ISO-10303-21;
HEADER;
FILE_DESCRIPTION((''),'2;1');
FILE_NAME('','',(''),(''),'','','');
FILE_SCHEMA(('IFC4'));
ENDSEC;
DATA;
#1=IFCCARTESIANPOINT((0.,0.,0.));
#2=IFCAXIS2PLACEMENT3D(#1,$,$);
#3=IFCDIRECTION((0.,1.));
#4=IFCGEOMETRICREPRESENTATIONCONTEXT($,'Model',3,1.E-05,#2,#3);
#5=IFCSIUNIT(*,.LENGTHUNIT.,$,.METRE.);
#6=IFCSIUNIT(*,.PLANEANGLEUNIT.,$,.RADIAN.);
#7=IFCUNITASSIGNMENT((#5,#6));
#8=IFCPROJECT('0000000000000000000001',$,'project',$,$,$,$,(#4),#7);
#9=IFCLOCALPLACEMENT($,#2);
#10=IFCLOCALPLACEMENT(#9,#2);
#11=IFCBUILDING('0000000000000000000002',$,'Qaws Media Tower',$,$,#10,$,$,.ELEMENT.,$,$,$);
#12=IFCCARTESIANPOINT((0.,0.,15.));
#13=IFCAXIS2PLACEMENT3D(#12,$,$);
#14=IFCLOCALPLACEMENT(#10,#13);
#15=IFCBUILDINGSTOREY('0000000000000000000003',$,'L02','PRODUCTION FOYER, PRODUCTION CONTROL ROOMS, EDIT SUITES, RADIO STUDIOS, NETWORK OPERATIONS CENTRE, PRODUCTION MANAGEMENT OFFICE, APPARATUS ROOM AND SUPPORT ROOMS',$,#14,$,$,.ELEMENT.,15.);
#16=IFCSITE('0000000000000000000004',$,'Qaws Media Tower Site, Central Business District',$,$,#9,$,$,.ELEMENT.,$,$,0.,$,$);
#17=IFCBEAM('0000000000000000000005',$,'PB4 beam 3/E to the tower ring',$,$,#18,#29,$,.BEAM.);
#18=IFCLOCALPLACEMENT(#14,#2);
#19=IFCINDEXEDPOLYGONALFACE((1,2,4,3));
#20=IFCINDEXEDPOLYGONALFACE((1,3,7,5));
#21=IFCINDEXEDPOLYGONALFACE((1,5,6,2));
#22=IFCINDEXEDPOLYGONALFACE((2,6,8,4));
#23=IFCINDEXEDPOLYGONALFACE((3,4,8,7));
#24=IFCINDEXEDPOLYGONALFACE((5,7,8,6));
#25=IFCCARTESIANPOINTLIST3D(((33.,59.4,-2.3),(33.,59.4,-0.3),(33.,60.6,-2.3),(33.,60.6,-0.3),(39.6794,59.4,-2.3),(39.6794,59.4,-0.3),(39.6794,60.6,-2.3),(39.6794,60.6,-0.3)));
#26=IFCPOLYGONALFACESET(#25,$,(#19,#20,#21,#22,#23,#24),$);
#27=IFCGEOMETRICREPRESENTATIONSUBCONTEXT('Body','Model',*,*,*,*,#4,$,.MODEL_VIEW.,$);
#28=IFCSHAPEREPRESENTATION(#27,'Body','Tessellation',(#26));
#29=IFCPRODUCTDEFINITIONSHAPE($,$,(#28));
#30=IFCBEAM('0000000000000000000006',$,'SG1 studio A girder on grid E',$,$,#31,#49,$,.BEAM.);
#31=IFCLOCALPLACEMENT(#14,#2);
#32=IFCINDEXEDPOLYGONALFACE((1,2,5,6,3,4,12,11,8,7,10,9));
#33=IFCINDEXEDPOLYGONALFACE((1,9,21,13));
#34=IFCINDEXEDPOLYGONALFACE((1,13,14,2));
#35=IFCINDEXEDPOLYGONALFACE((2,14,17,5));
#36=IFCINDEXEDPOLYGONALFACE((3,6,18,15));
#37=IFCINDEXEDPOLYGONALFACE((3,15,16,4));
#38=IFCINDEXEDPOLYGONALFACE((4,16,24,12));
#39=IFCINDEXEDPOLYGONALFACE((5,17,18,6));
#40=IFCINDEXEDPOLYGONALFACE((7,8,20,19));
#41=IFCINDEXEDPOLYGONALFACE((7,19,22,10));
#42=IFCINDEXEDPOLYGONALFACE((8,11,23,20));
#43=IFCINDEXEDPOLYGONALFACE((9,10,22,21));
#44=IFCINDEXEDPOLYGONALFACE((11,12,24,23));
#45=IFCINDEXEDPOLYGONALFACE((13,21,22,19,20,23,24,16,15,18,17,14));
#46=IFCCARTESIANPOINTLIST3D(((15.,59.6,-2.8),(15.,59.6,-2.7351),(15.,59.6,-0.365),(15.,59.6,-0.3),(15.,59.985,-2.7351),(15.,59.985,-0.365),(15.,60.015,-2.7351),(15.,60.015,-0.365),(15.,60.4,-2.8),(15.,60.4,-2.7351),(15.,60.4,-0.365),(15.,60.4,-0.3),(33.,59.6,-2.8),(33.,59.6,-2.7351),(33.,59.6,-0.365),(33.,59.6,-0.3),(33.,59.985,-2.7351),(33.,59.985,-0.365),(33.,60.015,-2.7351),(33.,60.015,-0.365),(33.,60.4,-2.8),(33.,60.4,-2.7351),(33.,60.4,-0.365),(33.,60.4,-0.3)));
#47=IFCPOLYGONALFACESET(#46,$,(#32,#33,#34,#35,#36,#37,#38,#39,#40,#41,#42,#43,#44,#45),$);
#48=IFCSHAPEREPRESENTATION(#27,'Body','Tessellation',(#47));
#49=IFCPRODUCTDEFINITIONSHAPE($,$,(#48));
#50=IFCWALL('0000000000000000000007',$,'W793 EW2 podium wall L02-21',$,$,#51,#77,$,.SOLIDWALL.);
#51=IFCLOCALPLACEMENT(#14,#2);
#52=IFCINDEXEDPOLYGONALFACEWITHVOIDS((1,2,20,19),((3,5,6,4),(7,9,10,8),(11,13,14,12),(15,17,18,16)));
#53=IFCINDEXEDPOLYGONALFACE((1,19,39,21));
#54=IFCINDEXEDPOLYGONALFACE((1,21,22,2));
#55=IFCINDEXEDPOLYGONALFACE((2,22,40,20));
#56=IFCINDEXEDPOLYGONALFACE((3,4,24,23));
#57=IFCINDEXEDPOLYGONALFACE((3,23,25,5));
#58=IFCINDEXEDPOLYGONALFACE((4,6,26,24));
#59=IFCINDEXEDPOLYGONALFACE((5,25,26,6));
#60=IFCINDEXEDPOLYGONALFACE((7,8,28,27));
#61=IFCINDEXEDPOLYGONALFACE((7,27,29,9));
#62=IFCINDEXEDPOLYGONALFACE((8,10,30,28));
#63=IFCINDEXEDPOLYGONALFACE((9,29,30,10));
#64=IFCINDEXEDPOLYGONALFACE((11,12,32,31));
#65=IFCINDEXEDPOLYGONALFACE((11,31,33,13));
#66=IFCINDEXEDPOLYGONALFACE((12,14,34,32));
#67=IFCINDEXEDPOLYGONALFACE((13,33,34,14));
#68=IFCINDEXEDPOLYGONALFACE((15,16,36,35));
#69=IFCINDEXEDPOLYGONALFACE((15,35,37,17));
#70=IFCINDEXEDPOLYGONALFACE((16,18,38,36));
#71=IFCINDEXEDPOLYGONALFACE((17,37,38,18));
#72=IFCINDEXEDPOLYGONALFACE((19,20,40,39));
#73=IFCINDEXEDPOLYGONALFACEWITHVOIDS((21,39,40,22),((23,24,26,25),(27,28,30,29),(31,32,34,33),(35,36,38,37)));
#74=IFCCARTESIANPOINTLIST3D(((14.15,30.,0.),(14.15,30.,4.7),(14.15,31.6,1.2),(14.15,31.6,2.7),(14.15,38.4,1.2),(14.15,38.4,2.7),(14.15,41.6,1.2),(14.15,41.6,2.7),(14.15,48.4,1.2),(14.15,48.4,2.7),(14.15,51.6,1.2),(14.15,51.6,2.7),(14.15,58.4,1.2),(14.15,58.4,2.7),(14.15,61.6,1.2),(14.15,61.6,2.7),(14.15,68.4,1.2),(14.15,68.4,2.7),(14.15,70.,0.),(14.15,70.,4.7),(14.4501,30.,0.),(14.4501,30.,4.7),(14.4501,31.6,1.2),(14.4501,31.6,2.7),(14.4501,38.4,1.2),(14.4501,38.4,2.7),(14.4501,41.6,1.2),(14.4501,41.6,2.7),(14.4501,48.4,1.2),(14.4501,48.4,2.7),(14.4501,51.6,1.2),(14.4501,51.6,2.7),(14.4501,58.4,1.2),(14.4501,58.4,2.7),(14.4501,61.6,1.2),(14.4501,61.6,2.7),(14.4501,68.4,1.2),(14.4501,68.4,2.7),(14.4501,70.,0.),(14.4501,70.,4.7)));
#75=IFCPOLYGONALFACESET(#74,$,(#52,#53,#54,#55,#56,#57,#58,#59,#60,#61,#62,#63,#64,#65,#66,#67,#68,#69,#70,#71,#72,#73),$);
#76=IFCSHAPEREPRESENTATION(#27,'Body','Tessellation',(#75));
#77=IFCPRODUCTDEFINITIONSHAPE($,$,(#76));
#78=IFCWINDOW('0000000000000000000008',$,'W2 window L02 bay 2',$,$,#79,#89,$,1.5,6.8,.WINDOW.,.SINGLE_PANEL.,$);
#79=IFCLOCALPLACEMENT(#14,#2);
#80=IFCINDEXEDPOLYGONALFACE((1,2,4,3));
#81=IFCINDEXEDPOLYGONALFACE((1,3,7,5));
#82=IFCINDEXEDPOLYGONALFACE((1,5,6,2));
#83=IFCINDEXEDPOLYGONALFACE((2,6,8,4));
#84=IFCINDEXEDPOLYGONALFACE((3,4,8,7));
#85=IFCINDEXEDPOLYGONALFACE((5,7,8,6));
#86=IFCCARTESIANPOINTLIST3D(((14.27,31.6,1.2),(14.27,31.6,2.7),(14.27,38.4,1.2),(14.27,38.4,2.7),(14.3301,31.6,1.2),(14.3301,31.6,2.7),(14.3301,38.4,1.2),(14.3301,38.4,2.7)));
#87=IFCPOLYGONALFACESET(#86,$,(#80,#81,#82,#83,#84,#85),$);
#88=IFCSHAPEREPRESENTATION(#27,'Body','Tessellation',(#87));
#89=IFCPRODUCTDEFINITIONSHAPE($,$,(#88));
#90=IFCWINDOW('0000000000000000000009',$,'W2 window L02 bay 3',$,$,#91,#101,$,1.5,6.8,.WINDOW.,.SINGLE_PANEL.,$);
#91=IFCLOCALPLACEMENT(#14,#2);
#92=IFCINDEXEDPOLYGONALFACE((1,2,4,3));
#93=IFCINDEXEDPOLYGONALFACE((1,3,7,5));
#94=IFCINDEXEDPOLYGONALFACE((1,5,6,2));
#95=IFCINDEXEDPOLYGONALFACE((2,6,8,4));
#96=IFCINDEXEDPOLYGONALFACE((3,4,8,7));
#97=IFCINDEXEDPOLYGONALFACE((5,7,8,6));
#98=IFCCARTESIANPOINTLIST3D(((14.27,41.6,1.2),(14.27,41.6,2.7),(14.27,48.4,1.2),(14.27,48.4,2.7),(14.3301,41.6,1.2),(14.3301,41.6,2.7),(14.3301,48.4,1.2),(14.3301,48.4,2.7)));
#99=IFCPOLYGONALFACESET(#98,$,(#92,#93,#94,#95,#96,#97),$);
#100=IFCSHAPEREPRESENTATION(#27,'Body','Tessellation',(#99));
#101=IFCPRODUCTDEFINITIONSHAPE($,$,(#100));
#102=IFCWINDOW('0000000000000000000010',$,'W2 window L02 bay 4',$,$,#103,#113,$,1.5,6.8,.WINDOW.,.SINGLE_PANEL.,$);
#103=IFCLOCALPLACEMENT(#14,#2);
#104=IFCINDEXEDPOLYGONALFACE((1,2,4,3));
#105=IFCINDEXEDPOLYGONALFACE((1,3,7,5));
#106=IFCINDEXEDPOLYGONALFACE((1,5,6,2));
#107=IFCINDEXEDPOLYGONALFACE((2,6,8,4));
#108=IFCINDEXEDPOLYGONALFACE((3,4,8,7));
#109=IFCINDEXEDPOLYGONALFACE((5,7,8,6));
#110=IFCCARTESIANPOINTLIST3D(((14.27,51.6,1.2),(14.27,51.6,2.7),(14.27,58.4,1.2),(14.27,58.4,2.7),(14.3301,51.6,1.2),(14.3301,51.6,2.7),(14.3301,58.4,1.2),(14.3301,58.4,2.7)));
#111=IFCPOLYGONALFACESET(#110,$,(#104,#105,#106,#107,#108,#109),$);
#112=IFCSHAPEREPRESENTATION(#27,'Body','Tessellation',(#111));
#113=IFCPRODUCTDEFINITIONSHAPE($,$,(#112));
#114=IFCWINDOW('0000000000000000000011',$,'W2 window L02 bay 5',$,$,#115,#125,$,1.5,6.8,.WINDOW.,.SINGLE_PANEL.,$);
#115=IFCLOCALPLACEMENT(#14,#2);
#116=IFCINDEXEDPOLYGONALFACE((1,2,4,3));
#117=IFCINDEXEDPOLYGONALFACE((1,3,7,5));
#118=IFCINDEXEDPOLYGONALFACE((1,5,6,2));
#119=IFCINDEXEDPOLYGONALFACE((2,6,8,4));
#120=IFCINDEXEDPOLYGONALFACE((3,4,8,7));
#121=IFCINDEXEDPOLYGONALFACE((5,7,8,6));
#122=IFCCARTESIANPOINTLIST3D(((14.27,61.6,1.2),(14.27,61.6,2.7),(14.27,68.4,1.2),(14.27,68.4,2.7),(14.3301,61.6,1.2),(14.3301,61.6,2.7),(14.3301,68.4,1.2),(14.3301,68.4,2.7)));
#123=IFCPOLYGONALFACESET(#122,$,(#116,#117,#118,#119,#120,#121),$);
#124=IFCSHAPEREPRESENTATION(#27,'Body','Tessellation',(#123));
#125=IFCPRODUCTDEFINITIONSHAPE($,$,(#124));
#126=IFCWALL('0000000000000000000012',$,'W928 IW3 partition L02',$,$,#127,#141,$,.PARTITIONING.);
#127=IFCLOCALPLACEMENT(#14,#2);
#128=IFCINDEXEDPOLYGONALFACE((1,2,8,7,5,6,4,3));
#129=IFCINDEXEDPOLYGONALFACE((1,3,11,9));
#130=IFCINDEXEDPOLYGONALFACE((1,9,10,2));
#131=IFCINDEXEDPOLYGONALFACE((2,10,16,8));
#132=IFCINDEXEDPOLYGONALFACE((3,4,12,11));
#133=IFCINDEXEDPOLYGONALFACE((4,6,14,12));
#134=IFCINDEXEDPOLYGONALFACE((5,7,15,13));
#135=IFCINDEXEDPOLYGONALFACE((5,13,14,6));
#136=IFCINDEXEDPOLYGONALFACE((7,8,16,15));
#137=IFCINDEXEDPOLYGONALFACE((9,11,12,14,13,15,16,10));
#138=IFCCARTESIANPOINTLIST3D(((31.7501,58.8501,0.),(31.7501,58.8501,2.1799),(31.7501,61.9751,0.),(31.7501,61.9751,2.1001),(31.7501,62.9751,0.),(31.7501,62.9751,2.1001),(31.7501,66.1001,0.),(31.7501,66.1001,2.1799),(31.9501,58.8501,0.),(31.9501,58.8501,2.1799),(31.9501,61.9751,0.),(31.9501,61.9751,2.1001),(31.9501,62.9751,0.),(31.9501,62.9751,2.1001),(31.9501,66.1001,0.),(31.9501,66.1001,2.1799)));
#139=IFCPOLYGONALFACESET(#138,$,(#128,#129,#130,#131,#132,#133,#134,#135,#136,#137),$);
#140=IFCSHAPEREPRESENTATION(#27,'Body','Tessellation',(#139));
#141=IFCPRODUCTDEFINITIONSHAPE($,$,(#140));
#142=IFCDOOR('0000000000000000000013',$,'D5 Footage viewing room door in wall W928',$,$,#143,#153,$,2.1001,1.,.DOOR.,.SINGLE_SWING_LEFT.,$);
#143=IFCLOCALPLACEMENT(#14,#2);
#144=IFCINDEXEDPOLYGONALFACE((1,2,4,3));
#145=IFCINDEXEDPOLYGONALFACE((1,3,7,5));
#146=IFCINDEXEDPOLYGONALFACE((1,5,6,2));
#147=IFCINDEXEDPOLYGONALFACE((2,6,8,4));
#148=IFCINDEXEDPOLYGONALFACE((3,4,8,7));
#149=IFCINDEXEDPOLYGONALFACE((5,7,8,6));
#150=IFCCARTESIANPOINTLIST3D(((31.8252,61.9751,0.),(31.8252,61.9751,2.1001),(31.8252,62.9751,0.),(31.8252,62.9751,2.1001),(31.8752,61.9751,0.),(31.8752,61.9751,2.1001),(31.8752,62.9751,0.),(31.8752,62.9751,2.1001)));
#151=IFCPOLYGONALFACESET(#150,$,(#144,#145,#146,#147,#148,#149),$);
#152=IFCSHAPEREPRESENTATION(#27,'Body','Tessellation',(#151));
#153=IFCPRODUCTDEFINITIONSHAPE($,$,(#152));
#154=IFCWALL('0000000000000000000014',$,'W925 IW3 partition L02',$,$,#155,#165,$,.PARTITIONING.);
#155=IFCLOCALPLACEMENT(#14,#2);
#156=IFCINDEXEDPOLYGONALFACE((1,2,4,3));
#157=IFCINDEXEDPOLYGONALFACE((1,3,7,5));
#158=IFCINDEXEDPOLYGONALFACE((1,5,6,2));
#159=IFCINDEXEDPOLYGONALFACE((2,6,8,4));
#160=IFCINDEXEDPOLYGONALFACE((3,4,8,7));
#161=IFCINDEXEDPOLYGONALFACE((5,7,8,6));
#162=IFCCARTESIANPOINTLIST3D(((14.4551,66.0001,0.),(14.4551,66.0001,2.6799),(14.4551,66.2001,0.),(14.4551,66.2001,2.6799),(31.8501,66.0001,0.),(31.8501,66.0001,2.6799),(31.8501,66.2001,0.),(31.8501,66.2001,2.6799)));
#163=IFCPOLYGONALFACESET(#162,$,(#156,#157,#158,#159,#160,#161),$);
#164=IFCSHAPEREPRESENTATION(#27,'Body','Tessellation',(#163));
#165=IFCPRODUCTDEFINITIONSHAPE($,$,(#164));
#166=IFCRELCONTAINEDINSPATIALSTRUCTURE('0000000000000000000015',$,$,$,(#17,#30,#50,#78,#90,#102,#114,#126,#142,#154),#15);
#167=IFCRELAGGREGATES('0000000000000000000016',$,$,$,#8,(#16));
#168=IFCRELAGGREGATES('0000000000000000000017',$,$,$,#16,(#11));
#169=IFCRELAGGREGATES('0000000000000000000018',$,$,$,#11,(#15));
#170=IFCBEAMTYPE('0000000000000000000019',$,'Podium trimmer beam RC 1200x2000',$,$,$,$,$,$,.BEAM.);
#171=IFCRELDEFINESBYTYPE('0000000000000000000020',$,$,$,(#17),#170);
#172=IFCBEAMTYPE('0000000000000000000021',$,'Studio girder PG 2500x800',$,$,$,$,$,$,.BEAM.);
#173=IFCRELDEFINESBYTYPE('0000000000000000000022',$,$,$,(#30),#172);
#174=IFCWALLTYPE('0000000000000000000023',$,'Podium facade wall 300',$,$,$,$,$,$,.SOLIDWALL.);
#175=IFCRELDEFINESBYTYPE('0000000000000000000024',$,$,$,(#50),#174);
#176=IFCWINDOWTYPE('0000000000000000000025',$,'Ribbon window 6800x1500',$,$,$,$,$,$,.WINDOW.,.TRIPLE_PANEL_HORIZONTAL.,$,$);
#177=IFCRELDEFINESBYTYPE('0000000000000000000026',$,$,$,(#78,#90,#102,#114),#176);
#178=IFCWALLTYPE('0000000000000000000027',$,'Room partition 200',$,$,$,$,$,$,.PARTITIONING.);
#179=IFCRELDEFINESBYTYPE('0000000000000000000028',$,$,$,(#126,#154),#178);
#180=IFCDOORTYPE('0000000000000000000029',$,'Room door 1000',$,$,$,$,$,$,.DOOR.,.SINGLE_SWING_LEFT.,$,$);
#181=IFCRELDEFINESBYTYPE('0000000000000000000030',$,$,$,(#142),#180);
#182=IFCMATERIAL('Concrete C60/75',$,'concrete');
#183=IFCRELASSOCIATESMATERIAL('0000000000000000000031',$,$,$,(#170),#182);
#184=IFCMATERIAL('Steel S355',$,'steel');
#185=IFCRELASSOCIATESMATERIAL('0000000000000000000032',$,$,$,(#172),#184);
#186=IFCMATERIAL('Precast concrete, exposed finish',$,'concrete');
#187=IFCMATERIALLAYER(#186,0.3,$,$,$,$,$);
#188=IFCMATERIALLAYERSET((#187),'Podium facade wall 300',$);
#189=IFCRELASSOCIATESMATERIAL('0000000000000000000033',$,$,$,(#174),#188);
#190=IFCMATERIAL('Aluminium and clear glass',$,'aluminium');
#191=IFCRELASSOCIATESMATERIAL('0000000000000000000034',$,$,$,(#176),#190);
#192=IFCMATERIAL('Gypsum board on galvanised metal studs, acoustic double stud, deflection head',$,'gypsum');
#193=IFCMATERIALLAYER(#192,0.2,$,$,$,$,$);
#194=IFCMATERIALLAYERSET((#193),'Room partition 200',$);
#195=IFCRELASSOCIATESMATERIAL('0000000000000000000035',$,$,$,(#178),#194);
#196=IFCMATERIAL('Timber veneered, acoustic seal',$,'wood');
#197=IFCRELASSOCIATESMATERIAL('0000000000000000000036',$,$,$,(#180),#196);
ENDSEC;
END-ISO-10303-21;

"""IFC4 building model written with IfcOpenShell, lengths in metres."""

from ifc_helpers import new_model, si_unit, direction, frame, frame_2d, origin, origin_2d, place, context, subcontext, project, spatial, rectangle, i_section, extrude, material, layer, layer_set, material_profile, profile_set, type_object, element, fill, save


model = new_model("IFC4")

# Units and contexts
model_context = context("Model", 3, precision=1e-05, world=origin(), true_north=direction((0.0, 1.0)))
body_context = subcontext(model_context, "Body", "Model", "MODEL_VIEW")
ifc_project = project(units=[si_unit("LENGTHUNIT", "METRE"), si_unit("PLANEANGLEUNIT", "RADIAN")], contexts=[model_context])

# Site, building, storey
site_placement = place(None, origin())
site = spatial("IfcSite", under=ifc_project, at=site_placement, Name="Qaws Media Tower Site, Central Business District", CompositionType="ELEMENT", RefElevation=0.0)
building_placement = place(site_placement, origin())
building = spatial("IfcBuilding", under=site, at=building_placement, Name="Qaws Media Tower", CompositionType="ELEMENT")
storey_placement = place(building_placement, frame((0.0, 0.0, 15.0)))
storey = spatial("IfcBuildingStorey", under=building, at=storey_placement, Name="L02", Description="PRODUCTION FOYER, PRODUCTION CONTROL ROOMS, EDIT SUITES, RADIO STUDIOS, NETWORK OPERATIONS CENTRE, PRODUCTION MANAGEMENT OFFICE, APPARATUS ROOM AND SUPPORT ROOMS", CompositionType="ELEMENT", Elevation=15.0)

# Beams
ifc_material_1 = material(Name="Concrete C60/75", Category="concrete")
ifc_material_profile_1 = material_profile(ifc_material_1, rectangle(XDim=1.2, YDim=2.0, at=origin_2d()), Name="RC 1200x2000")
ifc_profile_set_1 = profile_set([ifc_material_profile_1], Name="Concrete C60/75")
beam_type_1 = type_object("IfcBeamType", Name="Podium trimmer beam RC 1200x2000", PredefinedType="BEAM", material=ifc_profile_set_1)
beam_1_placement = place(storey_placement, frame((33.0, 60.0, -1.3), z_axis=(1.0, 0.0, 0.0), x_axis=(0.0, 1.0, 0.0)))
element("IfcBeam", 1, at=beam_1_placement, inside=storey, type_object=beam_type_1, Name="PB4 beam 3/E to the tower ring", PredefinedType="BEAM", context=body_context, shape_type="SweptSolid", body=[
    extrude(rectangle(XDim=1.2, YDim=2.0, at=origin_2d()), origin(), (0.0, 0.0, 1.0), 6.6794),
])
ifc_material_2 = material(Name="Steel S355", Category="steel")
ifc_material_profile_2 = material_profile(ifc_material_2, i_section(OverallWidth=0.8, OverallDepth=2.5, WebThickness=0.03, FlangeThickness=0.0649, at=origin_2d()), Name="PG 2500x800")
ifc_profile_set_2 = profile_set([ifc_material_profile_2], Name="Steel S355")
beam_type_2 = type_object("IfcBeamType", Name="Studio girder PG 2500x800", PredefinedType="BEAM", material=ifc_profile_set_2)
beam_2_placement = place(storey_placement, frame((15.0, 60.0, -1.55), z_axis=(1.0, 0.0, 0.0), x_axis=(0.0, 1.0, 0.0)))
element("IfcBeam", 2, at=beam_2_placement, inside=storey, type_object=beam_type_2, Name="SG1 studio A girder on grid E", PredefinedType="BEAM", context=body_context, shape_type="SweptSolid", body=[
    extrude(i_section(OverallWidth=0.8, OverallDepth=2.5, WebThickness=0.03, FlangeThickness=0.0649, at=origin_2d()), origin(), (0.0, 0.0, 1.0), 18.0),
])

# Wall, openings, windows
ifc_material_3 = material(Name="Precast concrete, exposed finish", Category="concrete")
ifc_layer_1 = layer(ifc_material_3, 0.3)
ifc_layer_set_1 = layer_set([ifc_layer_1], Name="Podium facade wall 300")
wall_type_1 = type_object("IfcWallType", Name="Podium facade wall 300", PredefinedType="SOLIDWALL", material=ifc_layer_set_1)
wall_1_placement = place(storey_placement, frame((14.3, 70.0, 0.0), z_axis=(0.0, 0.0, 1.0), x_axis=(0.0, -1.0, 0.0)))
wall_1 = element("IfcWall", 3, at=wall_1_placement, inside=storey, type_object=wall_type_1, Name="W793 EW2 podium wall L02-21", PredefinedType="SOLIDWALL", context=body_context, shape_type="SweptSolid", body=[
    extrude(rectangle(XDim=40.0, YDim=0.3, at=frame_2d((20.0, 0.0))), origin(), (0.0, 0.0, 1.0), 4.7),
])
opening_1_placement = place(wall_1_placement, frame((31.6001, 0.0, 1.2)))
opening_1 = element("IfcOpeningElement", 4, at=opening_1_placement, cuts=wall_1, PredefinedType="OPENING", context=body_context, shape_type="SweptSolid", body=[
    extrude(rectangle(XDim=6.8, YDim=1.5, at=frame_2d((3.3999, 0.75))), frame((0.0, 0.1599, 0.0), z_axis=(0.0, -1.0, 0.0), x_axis=(1.0, 0.0, 0.0)), (0.0, 0.0, 1.0), 0.3201),
])
opening_2_placement = place(wall_1_placement, frame((21.6001, 0.0, 1.2)))
opening_2 = element("IfcOpeningElement", 5, at=opening_2_placement, cuts=wall_1, PredefinedType="OPENING", context=body_context, shape_type="SweptSolid", body=[
    extrude(rectangle(XDim=6.8, YDim=1.5, at=frame_2d((3.3999, 0.75))), frame((0.0, 0.1599, 0.0), z_axis=(0.0, -1.0, 0.0), x_axis=(1.0, 0.0, 0.0)), (0.0, 0.0, 1.0), 0.3201),
])
opening_3_placement = place(wall_1_placement, frame((11.6001, 0.0, 1.2)))
opening_3 = element("IfcOpeningElement", 6, at=opening_3_placement, cuts=wall_1, PredefinedType="OPENING", context=body_context, shape_type="SweptSolid", body=[
    extrude(rectangle(XDim=6.8, YDim=1.5, at=frame_2d((3.3999, 0.75))), frame((0.0, 0.1599, 0.0), z_axis=(0.0, -1.0, 0.0), x_axis=(1.0, 0.0, 0.0)), (0.0, 0.0, 1.0), 0.3201),
])
opening_4_placement = place(wall_1_placement, frame((1.6001, 0.0, 1.2)))
opening_4 = element("IfcOpeningElement", 7, at=opening_4_placement, cuts=wall_1, PredefinedType="OPENING", context=body_context, shape_type="SweptSolid", body=[
    extrude(rectangle(XDim=6.8, YDim=1.5, at=frame_2d((3.3999, 0.75))), frame((0.0, 0.1599, 0.0), z_axis=(0.0, -1.0, 0.0), x_axis=(1.0, 0.0, 0.0)), (0.0, 0.0, 1.0), 0.3201),
])
ifc_material_4 = material(Name="Aluminium and clear glass", Category="aluminium")
window_type = type_object("IfcWindowType", Name="Ribbon window 6800x1500", PartitioningType="TRIPLE_PANEL_HORIZONTAL", PredefinedType="WINDOW", material=ifc_material_4)
window_1_placement = place(opening_1_placement, origin())
window_1 = element("IfcWindow", 8, at=window_1_placement, inside=storey, type_object=window_type, Name="W2 window L02 bay 2", OverallHeight=1.5, OverallWidth=6.8, PartitioningType="SINGLE_PANEL", PredefinedType="WINDOW", context=body_context, shape_type="SweptSolid", body=[
    extrude(rectangle(XDim=6.8, YDim=1.5, at=frame_2d((3.3999, 0.75))), frame((0.0, 0.03, 0.0), z_axis=(0.0, -1.0, 0.0), x_axis=(1.0, 0.0, 0.0)), (0.0, 0.0, 1.0), 0.0601),
])
fill(opening_1, window_1)
window_2_placement = place(opening_2_placement, origin())
window_2 = element("IfcWindow", 9, at=window_2_placement, inside=storey, type_object=window_type, Name="W2 window L02 bay 3", OverallHeight=1.5, OverallWidth=6.8, PartitioningType="SINGLE_PANEL", PredefinedType="WINDOW", context=body_context, shape_type="SweptSolid", body=[
    extrude(rectangle(XDim=6.8, YDim=1.5, at=frame_2d((3.3999, 0.75))), frame((0.0, 0.03, 0.0), z_axis=(0.0, -1.0, 0.0), x_axis=(1.0, 0.0, 0.0)), (0.0, 0.0, 1.0), 0.0601),
])
fill(opening_2, window_2)
window_3_placement = place(opening_3_placement, origin())
window_3 = element("IfcWindow", 10, at=window_3_placement, inside=storey, type_object=window_type, Name="W2 window L02 bay 4", OverallHeight=1.5, OverallWidth=6.8, PartitioningType="SINGLE_PANEL", PredefinedType="WINDOW", context=body_context, shape_type="SweptSolid", body=[
    extrude(rectangle(XDim=6.8, YDim=1.5, at=frame_2d((3.3999, 0.75))), frame((0.0, 0.03, 0.0), z_axis=(0.0, -1.0, 0.0), x_axis=(1.0, 0.0, 0.0)), (0.0, 0.0, 1.0), 0.0601),
])
fill(opening_3, window_3)
window_4_placement = place(opening_4_placement, origin())
window_4 = element("IfcWindow", 11, at=window_4_placement, inside=storey, type_object=window_type, Name="W2 window L02 bay 5", OverallHeight=1.5, OverallWidth=6.8, PartitioningType="SINGLE_PANEL", PredefinedType="WINDOW", context=body_context, shape_type="SweptSolid", body=[
    extrude(rectangle(XDim=6.8, YDim=1.5, at=frame_2d((3.3999, 0.75))), frame((0.0, 0.03, 0.0), z_axis=(0.0, -1.0, 0.0), x_axis=(1.0, 0.0, 0.0)), (0.0, 0.0, 1.0), 0.0601),
])
fill(opening_4, window_4)

# Shared definitions
ifc_material_5 = material(Name="Gypsum board on galvanised metal studs, acoustic double stud, deflection head", Category="gypsum")
ifc_layer_2 = layer(ifc_material_5, 0.2)
ifc_layer_set_2 = layer_set([ifc_layer_2], Name="Room partition 200")
wall_type_2 = type_object("IfcWallType", Name="Room partition 200", PredefinedType="PARTITIONING", material=ifc_layer_set_2)

# Wall, opening, door
wall_2_placement = place(storey_placement, frame((31.8501, 58.8501, 0.0), z_axis=(0.0, 0.0, 1.0), x_axis=(0.0, 1.0, 0.0)))
wall_2 = element("IfcWall", 12, at=wall_2_placement, inside=storey, type_object=wall_type_2, Name="W928 IW3 partition L02", PredefinedType="PARTITIONING", context=body_context, shape_type="SweptSolid", body=[
    extrude(rectangle(XDim=7.25, YDim=0.2, at=frame_2d((3.625, 0.0))), origin(), (0.0, 0.0, 1.0), 2.1799),
])
opening_5_placement = place(wall_2_placement, frame((3.125, 0.0, 0.0)))
opening_5 = element("IfcOpeningElement", 13, at=opening_5_placement, cuts=wall_2, PredefinedType="OPENING", context=body_context, shape_type="SweptSolid", body=[
    extrude(rectangle(XDim=1.0, YDim=2.1001, at=frame_2d((0.5, 1.05))), frame((0.0, 0.1099, 0.0), z_axis=(0.0, -1.0, 0.0), x_axis=(1.0, 0.0, 0.0)), (0.0, 0.0, 1.0), 0.22),
])
ifc_material_6 = material(Name="Timber veneered, acoustic seal", Category="wood")
door_type_1 = type_object("IfcDoorType", Name="Room door 1000", OperationType="SINGLE_SWING_LEFT", PredefinedType="DOOR", material=ifc_material_6)
door_1_placement = place(opening_5_placement, origin())
door_1 = element("IfcDoor", 14, at=door_1_placement, inside=storey, type_object=door_type_1, Name="D5 Footage viewing room door in wall W928", OperationType="SINGLE_SWING_LEFT", OverallHeight=2.1001, OverallWidth=1.0, PredefinedType="DOOR", context=body_context, shape_type="SweptSolid", body=[
    extrude(rectangle(XDim=1.0, YDim=2.1001, at=frame_2d((0.5, 1.05))), frame((0.0, 0.0249, 0.0), z_axis=(0.0, -1.0, 0.0), x_axis=(1.0, 0.0, 0.0)), (0.0, 0.0, 1.0), 0.05),
])
fill(opening_5, door_1)

# Wall
wall_3_placement = place(storey_placement, frame((14.4551, 66.1001, 0.0), z_axis=(0.0, 0.0, 1.0), x_axis=(1.0, 0.0, 0.0)))
element("IfcWall", 15, at=wall_3_placement, inside=storey, type_object=wall_type_2, Name="W925 IW3 partition L02", PredefinedType="PARTITIONING", context=body_context, shape_type="SweptSolid", body=[
    extrude(rectangle(XDim=17.395, YDim=0.2, at=frame_2d((8.6975, 0.0))), origin(), (0.0, 0.0, 1.0), 2.6799),
])

save(model, "model.ifc")
